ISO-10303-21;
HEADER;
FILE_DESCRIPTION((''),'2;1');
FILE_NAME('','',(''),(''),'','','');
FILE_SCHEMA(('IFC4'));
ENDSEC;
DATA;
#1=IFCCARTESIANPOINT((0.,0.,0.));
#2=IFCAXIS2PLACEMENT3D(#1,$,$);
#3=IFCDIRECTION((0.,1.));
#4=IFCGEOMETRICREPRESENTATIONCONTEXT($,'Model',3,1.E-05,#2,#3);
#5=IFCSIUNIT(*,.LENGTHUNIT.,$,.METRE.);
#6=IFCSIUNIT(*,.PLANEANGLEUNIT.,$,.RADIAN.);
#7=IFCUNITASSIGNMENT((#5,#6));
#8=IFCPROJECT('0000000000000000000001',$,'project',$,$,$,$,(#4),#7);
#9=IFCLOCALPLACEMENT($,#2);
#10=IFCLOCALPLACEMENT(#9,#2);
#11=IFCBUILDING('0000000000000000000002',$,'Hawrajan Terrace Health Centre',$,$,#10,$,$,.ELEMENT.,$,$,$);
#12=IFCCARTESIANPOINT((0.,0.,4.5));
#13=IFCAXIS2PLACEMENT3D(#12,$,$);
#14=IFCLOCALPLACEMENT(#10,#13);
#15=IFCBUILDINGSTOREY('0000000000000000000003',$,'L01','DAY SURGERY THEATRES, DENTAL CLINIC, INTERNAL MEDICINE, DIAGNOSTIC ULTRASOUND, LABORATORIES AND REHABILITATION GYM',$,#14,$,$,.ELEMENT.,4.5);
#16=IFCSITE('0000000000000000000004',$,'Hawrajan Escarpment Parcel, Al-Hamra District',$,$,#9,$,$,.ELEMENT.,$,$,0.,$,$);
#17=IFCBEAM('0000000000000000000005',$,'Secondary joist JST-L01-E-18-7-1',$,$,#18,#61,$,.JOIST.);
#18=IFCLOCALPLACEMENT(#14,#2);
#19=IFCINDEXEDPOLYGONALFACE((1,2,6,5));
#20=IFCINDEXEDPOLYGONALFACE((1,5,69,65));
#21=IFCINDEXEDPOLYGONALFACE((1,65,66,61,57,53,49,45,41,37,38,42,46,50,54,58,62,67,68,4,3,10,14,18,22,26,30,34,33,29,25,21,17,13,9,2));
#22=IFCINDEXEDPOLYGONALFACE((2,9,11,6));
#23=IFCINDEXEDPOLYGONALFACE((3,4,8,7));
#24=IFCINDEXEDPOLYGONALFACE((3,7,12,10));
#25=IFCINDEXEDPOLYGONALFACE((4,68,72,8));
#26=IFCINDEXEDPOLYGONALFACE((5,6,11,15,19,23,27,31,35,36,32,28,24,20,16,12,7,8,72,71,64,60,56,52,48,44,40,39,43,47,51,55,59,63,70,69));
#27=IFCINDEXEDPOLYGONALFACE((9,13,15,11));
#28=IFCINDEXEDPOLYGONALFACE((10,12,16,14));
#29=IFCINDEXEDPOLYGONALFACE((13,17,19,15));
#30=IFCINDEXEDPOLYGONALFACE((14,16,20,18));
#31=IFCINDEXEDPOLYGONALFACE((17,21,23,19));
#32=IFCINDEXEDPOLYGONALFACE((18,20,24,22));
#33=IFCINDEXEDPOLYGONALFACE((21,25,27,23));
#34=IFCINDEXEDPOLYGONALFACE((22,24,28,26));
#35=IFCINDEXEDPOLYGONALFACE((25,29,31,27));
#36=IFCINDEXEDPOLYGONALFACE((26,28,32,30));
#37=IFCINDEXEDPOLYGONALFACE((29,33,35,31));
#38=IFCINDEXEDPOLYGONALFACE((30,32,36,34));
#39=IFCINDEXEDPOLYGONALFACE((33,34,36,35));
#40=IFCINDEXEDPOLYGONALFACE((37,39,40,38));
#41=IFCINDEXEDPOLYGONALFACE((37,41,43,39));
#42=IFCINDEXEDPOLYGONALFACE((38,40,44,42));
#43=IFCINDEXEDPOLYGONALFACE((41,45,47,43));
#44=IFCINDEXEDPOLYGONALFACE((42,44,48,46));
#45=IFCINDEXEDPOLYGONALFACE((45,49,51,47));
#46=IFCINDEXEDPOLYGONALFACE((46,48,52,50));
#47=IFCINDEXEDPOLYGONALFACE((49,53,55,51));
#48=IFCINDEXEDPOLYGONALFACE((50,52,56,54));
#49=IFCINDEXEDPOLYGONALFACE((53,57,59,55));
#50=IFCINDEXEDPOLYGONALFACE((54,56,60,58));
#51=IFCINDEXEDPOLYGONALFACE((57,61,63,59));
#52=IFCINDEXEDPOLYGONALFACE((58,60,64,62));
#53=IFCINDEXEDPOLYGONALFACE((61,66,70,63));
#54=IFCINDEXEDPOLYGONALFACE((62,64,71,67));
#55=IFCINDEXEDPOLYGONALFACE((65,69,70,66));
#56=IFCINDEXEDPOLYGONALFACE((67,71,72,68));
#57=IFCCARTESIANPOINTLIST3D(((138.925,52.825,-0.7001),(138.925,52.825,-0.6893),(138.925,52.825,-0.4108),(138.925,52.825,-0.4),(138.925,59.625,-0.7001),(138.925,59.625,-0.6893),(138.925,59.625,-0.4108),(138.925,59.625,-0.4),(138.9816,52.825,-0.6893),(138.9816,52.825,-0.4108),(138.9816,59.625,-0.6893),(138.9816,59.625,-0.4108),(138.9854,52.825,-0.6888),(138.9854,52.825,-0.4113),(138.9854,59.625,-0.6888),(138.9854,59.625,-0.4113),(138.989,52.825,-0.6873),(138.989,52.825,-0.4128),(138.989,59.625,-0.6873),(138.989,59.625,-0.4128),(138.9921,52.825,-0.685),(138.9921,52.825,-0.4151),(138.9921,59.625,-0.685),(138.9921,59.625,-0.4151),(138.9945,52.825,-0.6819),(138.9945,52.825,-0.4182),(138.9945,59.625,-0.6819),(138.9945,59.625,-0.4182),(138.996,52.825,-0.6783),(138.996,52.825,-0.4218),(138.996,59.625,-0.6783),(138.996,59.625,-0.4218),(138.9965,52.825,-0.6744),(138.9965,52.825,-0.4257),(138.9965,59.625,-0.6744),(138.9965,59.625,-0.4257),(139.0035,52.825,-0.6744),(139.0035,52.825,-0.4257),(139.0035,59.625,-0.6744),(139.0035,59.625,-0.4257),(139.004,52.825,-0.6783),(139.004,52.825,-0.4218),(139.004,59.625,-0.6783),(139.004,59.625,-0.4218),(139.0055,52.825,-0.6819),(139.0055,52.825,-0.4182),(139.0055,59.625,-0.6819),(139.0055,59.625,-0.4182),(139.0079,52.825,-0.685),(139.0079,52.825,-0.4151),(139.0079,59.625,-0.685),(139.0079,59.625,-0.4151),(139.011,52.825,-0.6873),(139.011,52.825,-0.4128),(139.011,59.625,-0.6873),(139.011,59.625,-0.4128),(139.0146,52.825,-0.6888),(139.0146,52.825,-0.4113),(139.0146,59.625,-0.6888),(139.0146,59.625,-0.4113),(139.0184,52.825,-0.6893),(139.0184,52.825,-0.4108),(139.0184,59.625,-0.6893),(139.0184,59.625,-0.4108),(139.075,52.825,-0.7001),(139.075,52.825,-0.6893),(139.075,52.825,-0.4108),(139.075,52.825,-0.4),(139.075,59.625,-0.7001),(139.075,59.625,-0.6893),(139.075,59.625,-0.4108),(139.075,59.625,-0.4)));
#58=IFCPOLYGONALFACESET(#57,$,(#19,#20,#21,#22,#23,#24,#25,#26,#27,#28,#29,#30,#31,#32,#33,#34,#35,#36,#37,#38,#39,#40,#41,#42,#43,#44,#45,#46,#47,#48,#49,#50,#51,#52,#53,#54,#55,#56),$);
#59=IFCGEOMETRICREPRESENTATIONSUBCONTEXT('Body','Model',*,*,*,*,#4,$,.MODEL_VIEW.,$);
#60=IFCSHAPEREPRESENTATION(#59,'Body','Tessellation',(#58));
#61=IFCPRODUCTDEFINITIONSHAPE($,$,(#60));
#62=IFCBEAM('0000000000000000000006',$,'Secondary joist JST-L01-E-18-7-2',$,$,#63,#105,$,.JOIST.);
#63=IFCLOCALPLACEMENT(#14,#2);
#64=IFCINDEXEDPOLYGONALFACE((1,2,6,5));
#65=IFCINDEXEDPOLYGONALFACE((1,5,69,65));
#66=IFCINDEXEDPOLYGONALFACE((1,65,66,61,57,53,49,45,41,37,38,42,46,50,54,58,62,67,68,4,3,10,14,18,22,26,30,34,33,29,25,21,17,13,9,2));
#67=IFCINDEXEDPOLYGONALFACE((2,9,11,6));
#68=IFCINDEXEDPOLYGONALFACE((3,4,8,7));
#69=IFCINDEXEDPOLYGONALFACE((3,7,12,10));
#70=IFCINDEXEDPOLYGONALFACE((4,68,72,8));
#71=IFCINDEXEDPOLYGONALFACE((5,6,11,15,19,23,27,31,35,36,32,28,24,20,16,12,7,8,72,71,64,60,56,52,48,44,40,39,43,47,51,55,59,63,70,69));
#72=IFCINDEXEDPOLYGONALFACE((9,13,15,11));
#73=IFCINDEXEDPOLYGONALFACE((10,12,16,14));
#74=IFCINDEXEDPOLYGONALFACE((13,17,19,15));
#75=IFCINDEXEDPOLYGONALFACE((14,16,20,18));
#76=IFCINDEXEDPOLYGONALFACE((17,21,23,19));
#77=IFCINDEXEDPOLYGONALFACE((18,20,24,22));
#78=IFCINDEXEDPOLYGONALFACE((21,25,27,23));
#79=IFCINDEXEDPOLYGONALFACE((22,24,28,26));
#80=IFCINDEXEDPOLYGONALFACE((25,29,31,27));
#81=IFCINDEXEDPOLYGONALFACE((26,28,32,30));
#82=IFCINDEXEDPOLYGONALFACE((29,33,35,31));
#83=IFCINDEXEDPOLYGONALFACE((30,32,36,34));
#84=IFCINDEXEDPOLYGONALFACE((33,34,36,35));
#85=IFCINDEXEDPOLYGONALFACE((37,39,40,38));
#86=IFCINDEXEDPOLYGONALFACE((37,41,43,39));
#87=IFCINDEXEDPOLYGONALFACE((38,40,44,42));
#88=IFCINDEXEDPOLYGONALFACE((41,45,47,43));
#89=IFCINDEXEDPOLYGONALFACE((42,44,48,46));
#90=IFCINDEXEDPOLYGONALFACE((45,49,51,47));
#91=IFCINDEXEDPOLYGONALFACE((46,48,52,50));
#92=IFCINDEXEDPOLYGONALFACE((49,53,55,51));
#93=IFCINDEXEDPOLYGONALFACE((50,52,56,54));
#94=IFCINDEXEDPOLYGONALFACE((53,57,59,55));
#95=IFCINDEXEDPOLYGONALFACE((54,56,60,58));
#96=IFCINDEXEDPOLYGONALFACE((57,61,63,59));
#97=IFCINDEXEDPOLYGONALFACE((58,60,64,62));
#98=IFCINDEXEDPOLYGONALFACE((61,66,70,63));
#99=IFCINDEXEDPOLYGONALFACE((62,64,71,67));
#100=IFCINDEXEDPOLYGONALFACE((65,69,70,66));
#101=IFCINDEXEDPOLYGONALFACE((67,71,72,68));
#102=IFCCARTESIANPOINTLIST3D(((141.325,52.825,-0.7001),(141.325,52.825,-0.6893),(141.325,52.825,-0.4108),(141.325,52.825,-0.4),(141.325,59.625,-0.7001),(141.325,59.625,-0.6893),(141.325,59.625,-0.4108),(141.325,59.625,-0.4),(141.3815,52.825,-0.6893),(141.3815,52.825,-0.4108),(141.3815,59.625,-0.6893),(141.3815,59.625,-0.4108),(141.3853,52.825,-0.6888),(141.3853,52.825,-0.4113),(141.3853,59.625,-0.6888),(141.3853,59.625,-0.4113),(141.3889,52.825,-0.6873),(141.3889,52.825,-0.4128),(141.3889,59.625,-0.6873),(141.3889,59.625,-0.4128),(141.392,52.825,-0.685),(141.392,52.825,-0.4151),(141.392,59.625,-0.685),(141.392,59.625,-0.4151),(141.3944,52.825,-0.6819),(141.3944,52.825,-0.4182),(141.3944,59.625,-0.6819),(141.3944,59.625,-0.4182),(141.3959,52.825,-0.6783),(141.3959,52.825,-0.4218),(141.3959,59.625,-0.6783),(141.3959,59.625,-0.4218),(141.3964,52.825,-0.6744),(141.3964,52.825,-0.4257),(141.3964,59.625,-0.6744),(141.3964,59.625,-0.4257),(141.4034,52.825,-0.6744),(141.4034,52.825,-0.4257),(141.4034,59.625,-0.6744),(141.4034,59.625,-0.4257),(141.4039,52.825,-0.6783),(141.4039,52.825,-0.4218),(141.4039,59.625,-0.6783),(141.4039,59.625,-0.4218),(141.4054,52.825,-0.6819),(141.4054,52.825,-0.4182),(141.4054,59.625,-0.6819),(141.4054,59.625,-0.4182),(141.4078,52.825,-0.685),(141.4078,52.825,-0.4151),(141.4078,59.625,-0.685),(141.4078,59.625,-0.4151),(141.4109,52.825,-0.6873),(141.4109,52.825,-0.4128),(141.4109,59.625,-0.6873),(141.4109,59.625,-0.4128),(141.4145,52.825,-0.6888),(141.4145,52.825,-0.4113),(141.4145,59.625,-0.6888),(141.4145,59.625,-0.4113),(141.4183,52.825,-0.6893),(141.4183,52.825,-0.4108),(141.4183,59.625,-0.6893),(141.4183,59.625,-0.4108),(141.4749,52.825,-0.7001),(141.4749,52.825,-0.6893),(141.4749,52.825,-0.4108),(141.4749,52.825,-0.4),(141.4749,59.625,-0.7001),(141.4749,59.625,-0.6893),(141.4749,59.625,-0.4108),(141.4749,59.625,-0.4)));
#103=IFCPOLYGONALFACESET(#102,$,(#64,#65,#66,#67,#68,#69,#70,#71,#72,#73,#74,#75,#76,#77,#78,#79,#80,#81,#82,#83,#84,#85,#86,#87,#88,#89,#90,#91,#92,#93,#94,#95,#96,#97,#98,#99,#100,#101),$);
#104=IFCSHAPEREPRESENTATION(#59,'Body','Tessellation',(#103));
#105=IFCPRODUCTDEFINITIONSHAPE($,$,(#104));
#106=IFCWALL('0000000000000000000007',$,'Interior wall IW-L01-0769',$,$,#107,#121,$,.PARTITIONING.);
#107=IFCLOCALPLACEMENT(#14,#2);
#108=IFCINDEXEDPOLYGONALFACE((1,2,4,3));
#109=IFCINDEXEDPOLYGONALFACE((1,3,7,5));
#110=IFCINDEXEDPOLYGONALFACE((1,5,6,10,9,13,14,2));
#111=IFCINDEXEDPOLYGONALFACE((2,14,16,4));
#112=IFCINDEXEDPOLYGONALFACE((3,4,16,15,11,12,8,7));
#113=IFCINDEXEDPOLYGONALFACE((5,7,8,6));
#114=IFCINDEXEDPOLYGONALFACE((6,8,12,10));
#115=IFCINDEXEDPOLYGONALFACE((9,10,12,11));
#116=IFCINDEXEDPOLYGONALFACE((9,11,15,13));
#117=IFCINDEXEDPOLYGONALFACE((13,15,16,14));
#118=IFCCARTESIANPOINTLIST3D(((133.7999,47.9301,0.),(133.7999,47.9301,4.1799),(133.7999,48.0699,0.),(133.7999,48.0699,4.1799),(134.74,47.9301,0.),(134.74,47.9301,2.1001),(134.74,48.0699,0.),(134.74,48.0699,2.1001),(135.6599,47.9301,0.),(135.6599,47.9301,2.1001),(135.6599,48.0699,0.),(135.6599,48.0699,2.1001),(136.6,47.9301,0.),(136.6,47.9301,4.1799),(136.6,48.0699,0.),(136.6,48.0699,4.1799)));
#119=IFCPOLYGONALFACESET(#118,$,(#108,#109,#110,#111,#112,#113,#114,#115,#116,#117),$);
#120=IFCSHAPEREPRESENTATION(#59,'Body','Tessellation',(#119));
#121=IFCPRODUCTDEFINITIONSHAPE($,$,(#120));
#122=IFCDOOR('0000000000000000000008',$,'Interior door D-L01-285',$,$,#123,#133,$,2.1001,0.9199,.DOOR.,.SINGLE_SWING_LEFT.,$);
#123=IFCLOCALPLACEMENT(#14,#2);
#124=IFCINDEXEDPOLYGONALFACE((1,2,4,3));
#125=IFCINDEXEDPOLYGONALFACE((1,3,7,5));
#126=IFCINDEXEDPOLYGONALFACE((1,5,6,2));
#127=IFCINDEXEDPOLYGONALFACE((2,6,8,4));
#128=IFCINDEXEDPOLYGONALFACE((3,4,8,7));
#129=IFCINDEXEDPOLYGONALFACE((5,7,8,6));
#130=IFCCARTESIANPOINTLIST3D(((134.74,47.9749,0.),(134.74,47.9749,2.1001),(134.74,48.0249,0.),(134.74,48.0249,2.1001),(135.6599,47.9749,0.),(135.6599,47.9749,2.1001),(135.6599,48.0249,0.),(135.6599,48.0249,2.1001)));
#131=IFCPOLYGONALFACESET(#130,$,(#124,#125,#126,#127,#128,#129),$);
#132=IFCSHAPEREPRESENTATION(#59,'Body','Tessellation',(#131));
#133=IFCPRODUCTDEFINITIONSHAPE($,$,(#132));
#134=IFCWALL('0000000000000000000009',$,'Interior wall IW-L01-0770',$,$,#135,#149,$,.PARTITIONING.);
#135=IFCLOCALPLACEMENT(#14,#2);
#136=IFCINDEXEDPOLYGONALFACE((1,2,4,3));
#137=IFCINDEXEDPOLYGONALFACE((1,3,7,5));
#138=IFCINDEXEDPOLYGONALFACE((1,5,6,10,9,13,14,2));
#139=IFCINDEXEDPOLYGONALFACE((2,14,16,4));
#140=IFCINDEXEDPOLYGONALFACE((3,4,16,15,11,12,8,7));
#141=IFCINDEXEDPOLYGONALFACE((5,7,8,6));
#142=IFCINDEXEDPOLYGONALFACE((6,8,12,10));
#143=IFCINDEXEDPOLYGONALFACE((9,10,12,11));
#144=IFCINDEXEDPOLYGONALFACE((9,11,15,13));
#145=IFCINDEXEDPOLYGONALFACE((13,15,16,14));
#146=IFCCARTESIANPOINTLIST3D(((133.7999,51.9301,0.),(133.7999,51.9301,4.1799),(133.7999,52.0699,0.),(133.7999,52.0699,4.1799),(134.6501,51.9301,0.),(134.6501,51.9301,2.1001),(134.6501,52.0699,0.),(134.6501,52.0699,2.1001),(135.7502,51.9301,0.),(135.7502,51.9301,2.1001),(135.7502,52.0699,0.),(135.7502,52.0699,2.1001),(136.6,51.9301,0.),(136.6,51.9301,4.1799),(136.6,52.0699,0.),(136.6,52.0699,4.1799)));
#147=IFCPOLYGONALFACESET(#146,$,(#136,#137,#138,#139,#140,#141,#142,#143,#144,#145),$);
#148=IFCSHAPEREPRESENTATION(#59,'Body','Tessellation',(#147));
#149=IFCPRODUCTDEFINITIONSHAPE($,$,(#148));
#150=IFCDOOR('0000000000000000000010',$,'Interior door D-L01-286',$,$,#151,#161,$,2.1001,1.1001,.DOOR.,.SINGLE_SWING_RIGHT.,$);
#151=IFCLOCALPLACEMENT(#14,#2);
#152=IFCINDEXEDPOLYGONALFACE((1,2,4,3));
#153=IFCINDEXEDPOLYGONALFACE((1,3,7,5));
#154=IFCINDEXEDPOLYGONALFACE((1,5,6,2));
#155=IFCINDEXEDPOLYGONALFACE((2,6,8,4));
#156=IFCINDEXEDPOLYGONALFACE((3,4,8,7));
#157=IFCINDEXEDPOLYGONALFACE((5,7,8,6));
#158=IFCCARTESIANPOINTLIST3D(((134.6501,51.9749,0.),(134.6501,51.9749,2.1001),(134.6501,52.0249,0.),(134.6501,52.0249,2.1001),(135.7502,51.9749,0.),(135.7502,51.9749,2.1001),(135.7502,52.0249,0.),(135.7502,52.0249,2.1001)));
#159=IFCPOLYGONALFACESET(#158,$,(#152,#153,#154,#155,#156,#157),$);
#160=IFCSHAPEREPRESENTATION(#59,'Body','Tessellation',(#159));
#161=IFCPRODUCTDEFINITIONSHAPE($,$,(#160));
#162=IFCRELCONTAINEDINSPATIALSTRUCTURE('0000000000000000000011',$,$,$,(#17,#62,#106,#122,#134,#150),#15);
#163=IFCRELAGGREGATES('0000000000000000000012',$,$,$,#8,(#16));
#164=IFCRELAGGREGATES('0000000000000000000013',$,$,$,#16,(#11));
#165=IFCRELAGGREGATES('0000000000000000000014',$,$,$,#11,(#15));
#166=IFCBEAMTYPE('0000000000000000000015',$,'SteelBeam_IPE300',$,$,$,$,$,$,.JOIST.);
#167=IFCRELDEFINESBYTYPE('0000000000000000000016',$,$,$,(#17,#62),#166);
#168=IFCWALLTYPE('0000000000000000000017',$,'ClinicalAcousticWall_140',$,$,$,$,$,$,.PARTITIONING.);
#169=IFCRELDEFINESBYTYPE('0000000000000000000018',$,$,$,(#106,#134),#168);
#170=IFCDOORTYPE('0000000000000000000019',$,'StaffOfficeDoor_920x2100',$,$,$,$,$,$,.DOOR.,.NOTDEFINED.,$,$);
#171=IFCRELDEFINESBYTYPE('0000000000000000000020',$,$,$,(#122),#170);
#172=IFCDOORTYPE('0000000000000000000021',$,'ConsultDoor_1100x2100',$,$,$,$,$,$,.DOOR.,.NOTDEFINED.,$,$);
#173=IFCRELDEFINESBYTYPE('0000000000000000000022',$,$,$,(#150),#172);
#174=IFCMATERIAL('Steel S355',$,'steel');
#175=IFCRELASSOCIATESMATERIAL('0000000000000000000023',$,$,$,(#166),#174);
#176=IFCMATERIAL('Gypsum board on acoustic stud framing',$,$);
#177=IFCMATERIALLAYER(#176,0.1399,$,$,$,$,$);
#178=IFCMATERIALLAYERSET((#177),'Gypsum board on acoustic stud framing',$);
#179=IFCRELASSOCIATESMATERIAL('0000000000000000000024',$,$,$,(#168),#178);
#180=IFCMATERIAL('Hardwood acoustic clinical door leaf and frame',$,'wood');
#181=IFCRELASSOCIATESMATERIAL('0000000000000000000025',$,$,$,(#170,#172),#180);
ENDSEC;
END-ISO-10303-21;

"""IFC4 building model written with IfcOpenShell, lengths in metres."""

from ifc_helpers import new_model, si_unit, direction, frame, frame_2d, origin, origin_2d, place, context, subcontext, project, spatial, rectangle, i_section, extrude, material, layer, layer_set, material_profile, profile_set, type_object, element, fill, save


model = new_model("IFC4")

# Units and contexts
model_context = context("Model", 3, precision=1e-05, world=origin(), true_north=direction((0.0, 1.0)))
body_context = subcontext(model_context, "Body", "Model", "MODEL_VIEW")
ifc_project = project(units=[si_unit("LENGTHUNIT", "METRE"), si_unit("PLANEANGLEUNIT", "RADIAN")], contexts=[model_context])

# Site, building, storey
site_placement = place(None, origin())
site = spatial("IfcSite", under=ifc_project, at=site_placement, Name="Hawrajan Escarpment Parcel, Al-Hamra District", CompositionType="ELEMENT", RefElevation=0.0)
building_placement = place(site_placement, origin())
building = spatial("IfcBuilding", under=site, at=building_placement, Name="Hawrajan Terrace Health Centre", CompositionType="ELEMENT")
storey_placement = place(building_placement, frame((0.0, 0.0, 4.5)))
storey = spatial("IfcBuildingStorey", under=building, at=storey_placement, Name="L01", Description="DAY SURGERY THEATRES, DENTAL CLINIC, INTERNAL MEDICINE, DIAGNOSTIC ULTRASOUND, LABORATORIES AND REHABILITATION GYM", CompositionType="ELEMENT", Elevation=4.5)

# Beams
ifc_material_1 = material(Name="Steel S355", Category="steel")
ifc_material_profile_1 = material_profile(ifc_material_1, i_section(OverallWidth=0.1499, OverallDepth=0.3, WebThickness=0.0071, FlangeThickness=0.0107, FilletRadius=0.0149, at=origin_2d()), Name="IPE 300")
ifc_profile_set_1 = profile_set([ifc_material_profile_1], Name="Steel S355")
beam_type_1 = type_object("IfcBeamType", Name="SteelBeam_IPE300", PredefinedType="JOIST", material=ifc_profile_set_1)
for number, where, z_axis, x_axis, name in (
    (1, (139.0, 52.825, -0.55), (0.0, 1.0, 0.0), (-1.0, 0.0, 0.0), "Secondary joist JST-L01-E-18-7-1"),
    (2, (141.3999, 52.825, -0.55), (0.0, 1.0, 0.0), (-1.0, 0.0, 0.0), "Secondary joist JST-L01-E-18-7-2"),
):
    element("IfcBeam", number, at=place(storey_placement, frame(where, z_axis=z_axis, x_axis=x_axis)), inside=storey, type_object=beam_type_1, Name=name, PredefinedType="JOIST", context=body_context, shape_type="SweptSolid", body=[
        extrude(i_section(OverallWidth=0.1499, OverallDepth=0.3, WebThickness=0.0071, FlangeThickness=0.0107, FilletRadius=0.0149, at=origin_2d()), origin(), (0.0, 0.0, 1.0), 6.8),
    ])

# Walls, openings, doors
ifc_material_2 = material(Name="Gypsum board on acoustic stud framing")
ifc_layer_1 = layer(ifc_material_2, 0.1399)
ifc_layer_set_1 = layer_set([ifc_layer_1], Name="Gypsum board on acoustic stud framing")
wall_type_1 = type_object("IfcWallType", Name="ClinicalAcousticWall_140", PredefinedType="PARTITIONING", material=ifc_layer_set_1)
wall_1_placement = place(storey_placement, frame((133.8, 48.0, 0.0), z_axis=(0.0, 0.0, 1.0), x_axis=(1.0, 0.0, 0.0)))
wall_1 = element("IfcWall", 3, at=wall_1_placement, inside=storey, type_object=wall_type_1, Name="Interior wall IW-L01-0769", PredefinedType="PARTITIONING", context=body_context, shape_type="SweptSolid", body=[
    extrude(rectangle(XDim=2.8, YDim=0.1399, at=frame_2d((1.3999, 0.0))), origin(), (0.0, 0.0, 1.0), 4.1799),
])
opening_1_placement = place(wall_1_placement, frame((0.9399, 0.0, 0.0)))
opening_1 = element("IfcOpeningElement", 4, at=opening_1_placement, cuts=wall_1, PredefinedType="OPENING", context=body_context, shape_type="SweptSolid", body=[
    extrude(rectangle(XDim=0.9199, YDim=2.1001, at=frame_2d((0.46, 1.05))), frame((0.0, 0.0798, 0.0), z_axis=(0.0, -1.0, 0.0), x_axis=(1.0, 0.0, 0.0)), (0.0, 0.0, 1.0), 0.1599),
])
ifc_material_3 = material(Name="Hardwood acoustic clinical door leaf and frame", Category="wood")
door_type_1 = type_object("IfcDoorType", Name="StaffOfficeDoor_920x2100", OperationType="NOTDEFINED", PredefinedType="DOOR", material=ifc_material_3)
door_1_placement = place(opening_1_placement, origin())
door_1 = element("IfcDoor", 5, at=door_1_placement, inside=storey, type_object=door_type_1, Name="Interior door D-L01-285", OperationType="SINGLE_SWING_LEFT", OverallHeight=2.1001, OverallWidth=0.9199, PredefinedType="DOOR", context=body_context, shape_type="SweptSolid", body=[
    extrude(rectangle(XDim=0.9199, YDim=2.1001, at=frame_2d((0.46, 1.05))), frame((0.0, 0.0249, 0.0), z_axis=(0.0, -1.0, 0.0), x_axis=(1.0, 0.0, 0.0)), (0.0, 0.0, 1.0), 0.05),
])
fill(opening_1, door_1)
wall_2_placement = place(storey_placement, frame((133.8, 52.0, 0.0), z_axis=(0.0, 0.0, 1.0), x_axis=(1.0, 0.0, 0.0)))
wall_2 = element("IfcWall", 6, at=wall_2_placement, inside=storey, type_object=wall_type_1, Name="Interior wall IW-L01-0770", PredefinedType="PARTITIONING", context=body_context, shape_type="SweptSolid", body=[
    extrude(rectangle(XDim=2.8, YDim=0.1399, at=frame_2d((1.3999, 0.0))), origin(), (0.0, 0.0, 1.0), 4.1799),
])
opening_2_placement = place(wall_2_placement, frame((0.8501, 0.0, 0.0)))
opening_2 = element("IfcOpeningElement", 7, at=opening_2_placement, cuts=wall_2, PredefinedType="OPENING", context=body_context, shape_type="SweptSolid", body=[
    extrude(rectangle(XDim=1.1001, YDim=2.1001, at=frame_2d((0.55, 1.05))), frame((0.0, 0.0798, 0.0), z_axis=(0.0, -1.0, 0.0), x_axis=(1.0, 0.0, 0.0)), (0.0, 0.0, 1.0), 0.1599),
])
door_type_2 = type_object("IfcDoorType", Name="ConsultDoor_1100x2100", OperationType="NOTDEFINED", PredefinedType="DOOR", material=ifc_material_3)
door_2_placement = place(opening_2_placement, origin())
door_2 = element("IfcDoor", 8, at=door_2_placement, inside=storey, type_object=door_type_2, Name="Interior door D-L01-286", OperationType="SINGLE_SWING_RIGHT", OverallHeight=2.1001, OverallWidth=1.1001, PredefinedType="DOOR", context=body_context, shape_type="SweptSolid", body=[
    extrude(rectangle(XDim=1.1001, YDim=2.1001, at=frame_2d((0.55, 1.05))), frame((0.0, 0.0249, 0.0), z_axis=(0.0, -1.0, 0.0), x_axis=(1.0, 0.0, 0.0)), (0.0, 0.0, 1.0), 0.05),
])
fill(opening_2, door_2)

save(model, "model.ifc")
